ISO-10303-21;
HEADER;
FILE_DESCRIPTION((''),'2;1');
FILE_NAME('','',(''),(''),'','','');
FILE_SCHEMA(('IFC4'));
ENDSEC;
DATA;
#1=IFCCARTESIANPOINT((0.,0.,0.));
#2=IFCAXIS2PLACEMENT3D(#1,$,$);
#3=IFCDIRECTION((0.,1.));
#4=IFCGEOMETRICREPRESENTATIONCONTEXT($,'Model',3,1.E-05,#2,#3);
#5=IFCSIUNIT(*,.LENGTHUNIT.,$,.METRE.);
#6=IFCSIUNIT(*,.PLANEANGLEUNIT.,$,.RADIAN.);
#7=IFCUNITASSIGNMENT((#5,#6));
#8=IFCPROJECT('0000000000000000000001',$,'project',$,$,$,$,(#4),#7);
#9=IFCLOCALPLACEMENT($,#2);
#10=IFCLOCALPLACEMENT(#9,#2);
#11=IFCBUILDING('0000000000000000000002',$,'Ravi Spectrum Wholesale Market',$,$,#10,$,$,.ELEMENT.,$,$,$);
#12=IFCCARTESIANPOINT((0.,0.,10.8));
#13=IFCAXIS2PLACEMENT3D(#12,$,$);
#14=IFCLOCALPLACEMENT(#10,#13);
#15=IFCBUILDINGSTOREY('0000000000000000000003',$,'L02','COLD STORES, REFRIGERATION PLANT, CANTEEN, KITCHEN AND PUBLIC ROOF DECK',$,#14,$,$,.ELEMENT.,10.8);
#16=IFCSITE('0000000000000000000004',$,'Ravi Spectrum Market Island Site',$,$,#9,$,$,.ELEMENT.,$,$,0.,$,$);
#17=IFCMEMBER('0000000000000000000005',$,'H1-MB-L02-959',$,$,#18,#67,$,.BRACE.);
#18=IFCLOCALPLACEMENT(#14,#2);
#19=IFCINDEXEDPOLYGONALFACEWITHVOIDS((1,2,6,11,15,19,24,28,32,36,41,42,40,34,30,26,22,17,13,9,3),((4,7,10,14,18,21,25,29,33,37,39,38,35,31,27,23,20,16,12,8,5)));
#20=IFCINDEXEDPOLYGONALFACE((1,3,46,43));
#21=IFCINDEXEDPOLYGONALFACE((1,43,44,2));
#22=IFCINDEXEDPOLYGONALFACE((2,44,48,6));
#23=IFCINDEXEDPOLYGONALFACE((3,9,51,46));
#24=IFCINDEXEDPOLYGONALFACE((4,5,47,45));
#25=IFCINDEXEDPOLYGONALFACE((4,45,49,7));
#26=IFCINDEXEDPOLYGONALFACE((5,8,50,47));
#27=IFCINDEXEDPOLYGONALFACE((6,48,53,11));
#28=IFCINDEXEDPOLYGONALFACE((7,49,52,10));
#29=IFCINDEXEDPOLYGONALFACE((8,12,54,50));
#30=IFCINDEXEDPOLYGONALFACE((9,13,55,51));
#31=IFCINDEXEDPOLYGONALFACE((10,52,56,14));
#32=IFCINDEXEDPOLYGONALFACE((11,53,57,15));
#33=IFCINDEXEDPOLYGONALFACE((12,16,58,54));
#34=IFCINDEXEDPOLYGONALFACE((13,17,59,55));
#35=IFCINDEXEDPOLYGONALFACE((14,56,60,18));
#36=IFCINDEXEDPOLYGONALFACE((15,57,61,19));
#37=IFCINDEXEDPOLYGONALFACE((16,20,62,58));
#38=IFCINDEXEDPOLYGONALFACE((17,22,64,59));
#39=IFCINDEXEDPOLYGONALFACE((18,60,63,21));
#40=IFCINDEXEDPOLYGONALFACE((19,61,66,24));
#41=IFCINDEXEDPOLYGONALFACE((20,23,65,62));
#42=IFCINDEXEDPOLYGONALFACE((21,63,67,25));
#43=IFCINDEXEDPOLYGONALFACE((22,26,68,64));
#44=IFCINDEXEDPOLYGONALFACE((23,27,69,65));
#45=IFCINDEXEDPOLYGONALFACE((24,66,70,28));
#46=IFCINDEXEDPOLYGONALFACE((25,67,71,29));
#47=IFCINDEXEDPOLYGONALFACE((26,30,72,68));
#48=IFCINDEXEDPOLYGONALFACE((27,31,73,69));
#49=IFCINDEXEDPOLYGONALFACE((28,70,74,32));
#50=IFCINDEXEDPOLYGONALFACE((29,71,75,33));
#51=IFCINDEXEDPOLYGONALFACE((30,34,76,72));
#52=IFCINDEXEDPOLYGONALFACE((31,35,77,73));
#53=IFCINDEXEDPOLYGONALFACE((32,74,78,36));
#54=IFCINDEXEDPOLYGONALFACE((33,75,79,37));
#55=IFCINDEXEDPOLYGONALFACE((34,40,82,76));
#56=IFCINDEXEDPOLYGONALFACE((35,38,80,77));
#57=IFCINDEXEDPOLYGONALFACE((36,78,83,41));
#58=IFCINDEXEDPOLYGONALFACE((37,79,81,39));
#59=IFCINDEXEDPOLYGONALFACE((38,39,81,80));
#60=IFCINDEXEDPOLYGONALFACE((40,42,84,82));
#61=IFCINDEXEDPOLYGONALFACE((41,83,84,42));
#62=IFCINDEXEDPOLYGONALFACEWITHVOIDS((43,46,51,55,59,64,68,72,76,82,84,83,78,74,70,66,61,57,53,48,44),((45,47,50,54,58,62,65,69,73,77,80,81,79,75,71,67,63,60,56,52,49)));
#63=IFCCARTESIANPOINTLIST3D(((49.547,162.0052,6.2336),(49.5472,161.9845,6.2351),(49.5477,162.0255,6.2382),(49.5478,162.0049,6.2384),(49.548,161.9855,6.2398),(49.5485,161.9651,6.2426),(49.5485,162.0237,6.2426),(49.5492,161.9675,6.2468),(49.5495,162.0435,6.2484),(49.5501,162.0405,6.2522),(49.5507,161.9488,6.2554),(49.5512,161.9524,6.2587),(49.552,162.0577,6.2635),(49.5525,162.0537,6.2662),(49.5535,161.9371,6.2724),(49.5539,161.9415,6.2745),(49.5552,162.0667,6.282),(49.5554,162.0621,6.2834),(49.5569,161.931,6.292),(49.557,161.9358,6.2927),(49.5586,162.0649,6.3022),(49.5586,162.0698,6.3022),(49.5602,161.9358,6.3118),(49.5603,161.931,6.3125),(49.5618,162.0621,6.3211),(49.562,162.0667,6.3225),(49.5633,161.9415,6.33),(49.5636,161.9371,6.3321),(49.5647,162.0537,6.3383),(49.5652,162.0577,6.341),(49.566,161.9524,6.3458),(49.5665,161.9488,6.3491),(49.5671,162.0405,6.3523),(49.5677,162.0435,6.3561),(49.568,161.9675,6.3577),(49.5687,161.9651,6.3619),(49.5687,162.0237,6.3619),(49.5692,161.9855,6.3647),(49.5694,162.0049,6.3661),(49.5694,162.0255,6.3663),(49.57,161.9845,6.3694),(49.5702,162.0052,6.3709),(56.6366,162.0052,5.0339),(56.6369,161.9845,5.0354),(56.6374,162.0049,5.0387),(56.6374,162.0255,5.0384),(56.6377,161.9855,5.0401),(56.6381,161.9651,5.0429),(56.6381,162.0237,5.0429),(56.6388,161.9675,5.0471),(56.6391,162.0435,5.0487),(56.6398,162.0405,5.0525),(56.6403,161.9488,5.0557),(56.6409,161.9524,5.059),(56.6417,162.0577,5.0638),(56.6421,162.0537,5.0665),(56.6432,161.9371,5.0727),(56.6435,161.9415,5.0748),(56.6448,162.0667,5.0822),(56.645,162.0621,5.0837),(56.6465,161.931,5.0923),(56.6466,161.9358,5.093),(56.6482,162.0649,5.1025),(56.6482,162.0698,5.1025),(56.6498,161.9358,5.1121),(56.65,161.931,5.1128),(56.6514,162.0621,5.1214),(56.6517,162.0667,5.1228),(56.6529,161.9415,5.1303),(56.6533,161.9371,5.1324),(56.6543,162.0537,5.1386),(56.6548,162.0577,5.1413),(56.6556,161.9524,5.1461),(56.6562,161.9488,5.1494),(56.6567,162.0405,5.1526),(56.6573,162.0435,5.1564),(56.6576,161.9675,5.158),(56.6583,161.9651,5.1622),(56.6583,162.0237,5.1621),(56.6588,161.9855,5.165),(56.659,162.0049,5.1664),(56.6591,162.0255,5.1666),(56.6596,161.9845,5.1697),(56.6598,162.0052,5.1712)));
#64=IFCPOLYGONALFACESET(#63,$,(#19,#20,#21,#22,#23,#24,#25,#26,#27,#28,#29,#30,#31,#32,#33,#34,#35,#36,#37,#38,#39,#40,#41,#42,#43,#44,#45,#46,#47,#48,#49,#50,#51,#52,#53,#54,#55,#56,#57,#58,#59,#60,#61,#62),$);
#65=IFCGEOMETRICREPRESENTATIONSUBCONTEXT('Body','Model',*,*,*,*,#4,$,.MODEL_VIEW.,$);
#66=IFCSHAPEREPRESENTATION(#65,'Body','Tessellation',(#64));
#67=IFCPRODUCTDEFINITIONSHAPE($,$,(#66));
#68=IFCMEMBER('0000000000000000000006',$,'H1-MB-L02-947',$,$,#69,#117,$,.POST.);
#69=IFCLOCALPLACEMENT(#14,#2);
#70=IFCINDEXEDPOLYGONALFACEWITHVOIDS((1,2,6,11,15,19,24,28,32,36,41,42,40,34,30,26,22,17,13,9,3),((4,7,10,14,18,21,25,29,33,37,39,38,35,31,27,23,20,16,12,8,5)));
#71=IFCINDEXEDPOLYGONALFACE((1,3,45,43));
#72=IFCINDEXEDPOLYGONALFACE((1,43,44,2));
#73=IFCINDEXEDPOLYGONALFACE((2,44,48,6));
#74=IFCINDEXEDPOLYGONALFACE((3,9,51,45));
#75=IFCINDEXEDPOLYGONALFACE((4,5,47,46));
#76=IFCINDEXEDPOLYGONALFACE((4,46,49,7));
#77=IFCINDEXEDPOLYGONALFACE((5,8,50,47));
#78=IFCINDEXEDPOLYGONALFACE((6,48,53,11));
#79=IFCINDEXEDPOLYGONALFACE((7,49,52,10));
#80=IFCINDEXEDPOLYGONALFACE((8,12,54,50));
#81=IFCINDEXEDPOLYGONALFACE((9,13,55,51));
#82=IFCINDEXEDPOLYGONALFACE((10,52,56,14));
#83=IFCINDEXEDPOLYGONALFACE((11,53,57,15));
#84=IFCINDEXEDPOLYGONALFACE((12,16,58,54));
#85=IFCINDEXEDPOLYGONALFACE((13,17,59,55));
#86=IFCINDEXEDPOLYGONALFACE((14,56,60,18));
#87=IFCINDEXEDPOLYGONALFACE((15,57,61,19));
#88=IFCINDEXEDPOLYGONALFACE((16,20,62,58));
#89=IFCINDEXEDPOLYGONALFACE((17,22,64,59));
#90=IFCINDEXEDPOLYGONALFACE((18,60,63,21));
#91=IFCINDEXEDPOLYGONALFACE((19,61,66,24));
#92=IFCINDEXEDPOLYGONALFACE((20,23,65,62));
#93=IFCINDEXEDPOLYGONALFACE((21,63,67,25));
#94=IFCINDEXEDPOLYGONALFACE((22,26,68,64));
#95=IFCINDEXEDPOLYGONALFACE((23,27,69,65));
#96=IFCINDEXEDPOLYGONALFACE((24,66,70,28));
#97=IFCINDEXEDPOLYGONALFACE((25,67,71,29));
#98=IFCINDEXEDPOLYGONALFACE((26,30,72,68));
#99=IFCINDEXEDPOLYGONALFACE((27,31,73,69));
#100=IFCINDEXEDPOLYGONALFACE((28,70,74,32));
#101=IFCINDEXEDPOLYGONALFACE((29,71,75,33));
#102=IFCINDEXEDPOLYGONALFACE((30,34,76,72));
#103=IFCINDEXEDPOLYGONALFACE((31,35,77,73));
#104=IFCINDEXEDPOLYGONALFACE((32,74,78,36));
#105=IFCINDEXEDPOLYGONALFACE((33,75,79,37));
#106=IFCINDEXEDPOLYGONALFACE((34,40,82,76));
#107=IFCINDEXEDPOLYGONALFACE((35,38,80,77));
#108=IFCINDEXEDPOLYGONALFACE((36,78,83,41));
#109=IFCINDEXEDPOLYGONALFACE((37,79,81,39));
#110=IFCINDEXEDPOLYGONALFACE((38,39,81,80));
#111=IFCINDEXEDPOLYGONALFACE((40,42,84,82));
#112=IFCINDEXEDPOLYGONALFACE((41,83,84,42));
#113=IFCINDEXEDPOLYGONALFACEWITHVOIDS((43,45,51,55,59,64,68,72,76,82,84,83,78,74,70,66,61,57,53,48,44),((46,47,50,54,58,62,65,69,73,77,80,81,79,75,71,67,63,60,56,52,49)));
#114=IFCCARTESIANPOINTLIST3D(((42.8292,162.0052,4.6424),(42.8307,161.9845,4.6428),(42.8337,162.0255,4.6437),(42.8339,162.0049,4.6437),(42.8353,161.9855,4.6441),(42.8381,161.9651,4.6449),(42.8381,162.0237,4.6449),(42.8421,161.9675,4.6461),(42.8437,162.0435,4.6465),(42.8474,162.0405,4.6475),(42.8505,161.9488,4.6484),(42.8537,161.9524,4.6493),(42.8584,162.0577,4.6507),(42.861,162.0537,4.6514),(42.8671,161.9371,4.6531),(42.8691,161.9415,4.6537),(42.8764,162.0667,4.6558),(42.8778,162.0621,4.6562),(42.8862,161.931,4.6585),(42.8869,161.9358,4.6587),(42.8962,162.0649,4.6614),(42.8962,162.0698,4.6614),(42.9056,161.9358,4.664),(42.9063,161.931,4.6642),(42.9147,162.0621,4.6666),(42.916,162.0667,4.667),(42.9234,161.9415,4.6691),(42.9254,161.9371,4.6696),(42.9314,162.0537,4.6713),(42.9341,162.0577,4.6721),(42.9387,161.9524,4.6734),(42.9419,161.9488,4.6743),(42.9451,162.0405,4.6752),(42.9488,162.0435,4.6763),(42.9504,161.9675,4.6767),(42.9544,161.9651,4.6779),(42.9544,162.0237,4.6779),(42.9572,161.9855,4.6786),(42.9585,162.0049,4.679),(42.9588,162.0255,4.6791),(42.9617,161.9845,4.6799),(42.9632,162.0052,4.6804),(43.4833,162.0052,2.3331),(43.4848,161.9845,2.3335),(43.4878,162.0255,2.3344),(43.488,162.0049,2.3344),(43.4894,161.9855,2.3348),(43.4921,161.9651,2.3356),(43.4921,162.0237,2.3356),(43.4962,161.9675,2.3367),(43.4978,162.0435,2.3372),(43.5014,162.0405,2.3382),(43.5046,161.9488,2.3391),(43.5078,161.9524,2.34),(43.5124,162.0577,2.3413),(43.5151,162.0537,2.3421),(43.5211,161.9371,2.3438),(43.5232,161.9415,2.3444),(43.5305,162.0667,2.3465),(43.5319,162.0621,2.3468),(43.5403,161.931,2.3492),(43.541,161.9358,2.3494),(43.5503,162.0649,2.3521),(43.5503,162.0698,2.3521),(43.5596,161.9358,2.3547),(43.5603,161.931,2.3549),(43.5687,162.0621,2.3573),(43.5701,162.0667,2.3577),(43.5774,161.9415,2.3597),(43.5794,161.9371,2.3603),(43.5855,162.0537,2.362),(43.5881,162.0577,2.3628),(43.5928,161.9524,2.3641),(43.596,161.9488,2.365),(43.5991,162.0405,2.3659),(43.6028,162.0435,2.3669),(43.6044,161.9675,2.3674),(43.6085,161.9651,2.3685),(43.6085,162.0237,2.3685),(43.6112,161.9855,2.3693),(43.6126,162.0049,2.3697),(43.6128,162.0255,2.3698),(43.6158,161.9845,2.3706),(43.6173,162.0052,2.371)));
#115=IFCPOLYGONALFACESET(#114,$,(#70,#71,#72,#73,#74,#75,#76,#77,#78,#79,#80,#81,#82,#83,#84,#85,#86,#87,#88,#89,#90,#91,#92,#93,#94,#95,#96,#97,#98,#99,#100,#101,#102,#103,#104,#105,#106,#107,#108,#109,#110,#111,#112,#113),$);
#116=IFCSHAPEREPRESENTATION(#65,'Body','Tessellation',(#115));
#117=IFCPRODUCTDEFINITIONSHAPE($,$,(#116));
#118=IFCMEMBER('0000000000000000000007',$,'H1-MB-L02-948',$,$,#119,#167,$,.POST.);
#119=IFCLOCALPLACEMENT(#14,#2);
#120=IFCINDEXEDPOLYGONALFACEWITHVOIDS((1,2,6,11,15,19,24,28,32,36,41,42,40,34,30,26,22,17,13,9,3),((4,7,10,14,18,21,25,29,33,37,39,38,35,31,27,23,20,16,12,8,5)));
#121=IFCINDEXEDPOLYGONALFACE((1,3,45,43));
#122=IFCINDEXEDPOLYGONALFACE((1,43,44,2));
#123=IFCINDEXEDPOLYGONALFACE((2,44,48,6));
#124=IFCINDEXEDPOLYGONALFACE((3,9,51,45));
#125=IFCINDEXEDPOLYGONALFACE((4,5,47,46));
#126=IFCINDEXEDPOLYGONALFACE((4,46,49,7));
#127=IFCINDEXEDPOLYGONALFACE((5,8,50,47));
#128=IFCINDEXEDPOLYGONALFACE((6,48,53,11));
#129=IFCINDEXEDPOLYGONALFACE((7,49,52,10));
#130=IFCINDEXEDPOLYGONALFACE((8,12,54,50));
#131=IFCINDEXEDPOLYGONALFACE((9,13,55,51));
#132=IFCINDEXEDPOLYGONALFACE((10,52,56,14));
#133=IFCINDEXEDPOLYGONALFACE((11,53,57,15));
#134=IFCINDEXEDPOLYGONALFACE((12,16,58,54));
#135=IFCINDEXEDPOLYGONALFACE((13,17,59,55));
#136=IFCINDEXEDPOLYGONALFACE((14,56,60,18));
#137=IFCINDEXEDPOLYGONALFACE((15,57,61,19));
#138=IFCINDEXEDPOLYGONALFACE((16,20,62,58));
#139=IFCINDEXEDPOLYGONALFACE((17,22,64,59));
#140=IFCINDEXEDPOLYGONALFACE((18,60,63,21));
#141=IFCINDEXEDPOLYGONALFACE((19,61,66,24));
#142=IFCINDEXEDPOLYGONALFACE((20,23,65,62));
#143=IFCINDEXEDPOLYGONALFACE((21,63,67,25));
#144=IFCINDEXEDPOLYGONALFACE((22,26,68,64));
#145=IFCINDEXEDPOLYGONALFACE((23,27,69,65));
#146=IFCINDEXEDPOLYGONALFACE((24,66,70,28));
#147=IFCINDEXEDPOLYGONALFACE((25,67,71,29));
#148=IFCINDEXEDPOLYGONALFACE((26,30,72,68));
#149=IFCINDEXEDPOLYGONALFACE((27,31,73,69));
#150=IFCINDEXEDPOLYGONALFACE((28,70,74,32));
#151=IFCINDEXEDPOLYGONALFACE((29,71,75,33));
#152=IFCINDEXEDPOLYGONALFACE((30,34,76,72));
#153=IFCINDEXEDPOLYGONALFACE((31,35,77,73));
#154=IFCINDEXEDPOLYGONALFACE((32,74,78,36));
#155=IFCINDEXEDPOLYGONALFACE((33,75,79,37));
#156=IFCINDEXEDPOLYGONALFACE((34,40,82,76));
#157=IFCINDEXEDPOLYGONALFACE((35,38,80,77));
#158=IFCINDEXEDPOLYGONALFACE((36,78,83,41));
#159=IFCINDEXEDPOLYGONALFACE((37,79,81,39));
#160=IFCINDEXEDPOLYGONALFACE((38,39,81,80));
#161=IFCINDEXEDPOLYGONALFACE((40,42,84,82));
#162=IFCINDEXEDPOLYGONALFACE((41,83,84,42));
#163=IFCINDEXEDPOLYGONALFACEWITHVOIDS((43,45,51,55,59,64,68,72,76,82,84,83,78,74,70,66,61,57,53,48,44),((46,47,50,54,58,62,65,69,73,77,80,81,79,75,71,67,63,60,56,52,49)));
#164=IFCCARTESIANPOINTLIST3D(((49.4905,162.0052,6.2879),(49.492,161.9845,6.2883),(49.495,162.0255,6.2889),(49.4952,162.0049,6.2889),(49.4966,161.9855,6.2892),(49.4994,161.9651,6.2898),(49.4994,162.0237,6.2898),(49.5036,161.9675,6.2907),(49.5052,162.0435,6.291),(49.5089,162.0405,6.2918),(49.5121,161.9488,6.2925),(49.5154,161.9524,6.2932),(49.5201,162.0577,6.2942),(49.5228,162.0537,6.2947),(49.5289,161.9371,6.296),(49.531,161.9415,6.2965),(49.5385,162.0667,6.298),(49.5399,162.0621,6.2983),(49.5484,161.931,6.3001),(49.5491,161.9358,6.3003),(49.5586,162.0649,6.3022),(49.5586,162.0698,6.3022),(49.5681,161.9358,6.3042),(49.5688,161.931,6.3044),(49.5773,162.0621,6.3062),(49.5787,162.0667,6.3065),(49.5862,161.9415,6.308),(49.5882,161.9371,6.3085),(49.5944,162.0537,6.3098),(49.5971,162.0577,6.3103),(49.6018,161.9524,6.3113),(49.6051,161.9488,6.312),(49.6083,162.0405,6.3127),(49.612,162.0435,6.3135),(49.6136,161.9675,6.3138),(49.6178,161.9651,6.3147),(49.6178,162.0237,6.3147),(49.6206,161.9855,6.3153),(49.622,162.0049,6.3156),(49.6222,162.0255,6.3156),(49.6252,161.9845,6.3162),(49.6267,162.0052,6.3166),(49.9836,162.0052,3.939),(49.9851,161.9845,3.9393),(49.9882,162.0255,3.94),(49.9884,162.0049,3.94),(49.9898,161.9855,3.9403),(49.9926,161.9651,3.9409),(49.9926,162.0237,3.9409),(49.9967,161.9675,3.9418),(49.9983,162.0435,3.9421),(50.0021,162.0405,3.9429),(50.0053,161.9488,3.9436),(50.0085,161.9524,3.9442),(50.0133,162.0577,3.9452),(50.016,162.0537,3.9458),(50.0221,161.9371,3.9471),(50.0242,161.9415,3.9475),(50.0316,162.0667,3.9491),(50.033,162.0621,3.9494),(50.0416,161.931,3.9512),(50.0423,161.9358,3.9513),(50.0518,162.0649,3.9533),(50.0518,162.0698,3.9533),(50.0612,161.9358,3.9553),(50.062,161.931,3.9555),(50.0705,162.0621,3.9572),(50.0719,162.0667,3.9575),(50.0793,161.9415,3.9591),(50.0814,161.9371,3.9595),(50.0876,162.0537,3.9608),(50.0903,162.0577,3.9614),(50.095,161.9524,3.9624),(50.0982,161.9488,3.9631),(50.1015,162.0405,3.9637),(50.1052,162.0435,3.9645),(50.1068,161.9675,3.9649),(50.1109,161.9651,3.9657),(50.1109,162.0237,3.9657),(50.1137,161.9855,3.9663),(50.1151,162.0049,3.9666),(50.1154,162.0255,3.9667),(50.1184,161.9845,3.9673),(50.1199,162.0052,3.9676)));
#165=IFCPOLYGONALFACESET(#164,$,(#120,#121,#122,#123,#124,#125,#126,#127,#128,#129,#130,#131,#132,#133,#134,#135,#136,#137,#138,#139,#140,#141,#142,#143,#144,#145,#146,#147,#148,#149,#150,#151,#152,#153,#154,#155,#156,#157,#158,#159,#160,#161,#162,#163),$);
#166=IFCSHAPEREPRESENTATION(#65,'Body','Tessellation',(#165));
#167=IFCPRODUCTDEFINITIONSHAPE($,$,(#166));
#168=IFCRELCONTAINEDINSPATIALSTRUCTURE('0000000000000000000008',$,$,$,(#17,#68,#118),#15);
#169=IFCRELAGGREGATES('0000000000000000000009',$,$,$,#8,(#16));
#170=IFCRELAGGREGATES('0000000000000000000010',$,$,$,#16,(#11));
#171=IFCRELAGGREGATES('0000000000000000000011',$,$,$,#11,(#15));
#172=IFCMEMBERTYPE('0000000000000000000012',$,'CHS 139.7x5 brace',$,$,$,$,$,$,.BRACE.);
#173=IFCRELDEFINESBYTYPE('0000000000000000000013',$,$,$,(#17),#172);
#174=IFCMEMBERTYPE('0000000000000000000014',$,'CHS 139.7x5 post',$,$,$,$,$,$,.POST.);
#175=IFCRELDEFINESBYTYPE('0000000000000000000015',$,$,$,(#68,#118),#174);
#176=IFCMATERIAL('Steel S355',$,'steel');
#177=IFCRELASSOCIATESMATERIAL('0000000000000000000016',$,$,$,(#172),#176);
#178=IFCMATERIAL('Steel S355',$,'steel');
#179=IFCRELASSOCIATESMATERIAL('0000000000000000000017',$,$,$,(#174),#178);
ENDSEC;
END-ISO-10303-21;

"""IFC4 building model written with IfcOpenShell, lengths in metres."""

from ifc_helpers import new_model, si_unit, direction, frame, origin, origin_2d, place, context, subcontext, project, spatial, hollow_circle, extrude, material, material_profile, profile_set, type_object, element, save


model = new_model("IFC4")

# Units and contexts
model_context = context("Model", 3, precision=1e-05, world=origin(), true_north=direction((0.0, 1.0)))
body_context = subcontext(model_context, "Body", "Model", "MODEL_VIEW")
ifc_project = project(units=[si_unit("LENGTHUNIT", "METRE"), si_unit("PLANEANGLEUNIT", "RADIAN")], contexts=[model_context])

# Site, building, storey
site_placement = place(None, origin())
site = spatial("IfcSite", under=ifc_project, at=site_placement, Name="Ravi Spectrum Market Island Site", CompositionType="ELEMENT", RefElevation=0.0)
building_placement = place(site_placement, origin())
building = spatial("IfcBuilding", under=site, at=building_placement, Name="Ravi Spectrum Wholesale Market", CompositionType="ELEMENT")
storey_placement = place(building_placement, frame((0.0, 0.0, 10.8)))
storey = spatial("IfcBuildingStorey", under=building, at=storey_placement, Name="L02", Description="COLD STORES, REFRIGERATION PLANT, CANTEEN, KITCHEN AND PUBLIC ROOF DECK", CompositionType="ELEMENT", Elevation=10.8)

# Members
ifc_material_1 = material(Name="Steel S355", Category="steel")
ifc_material_profile_1 = material_profile(ifc_material_1, hollow_circle(Radius=0.0698, WallThickness=0.0049, at=origin_2d()))
ifc_profile_set_1 = profile_set([ifc_material_profile_1], Name="Steel S355")
member_type_1 = type_object("IfcMemberType", Name="CHS 139.7x5 brace", PredefinedType="BRACE", material=ifc_profile_set_1)
member_1_placement = place(storey_placement, frame((49.5586, 162.0, 6.3022), z_axis=(0.985983, 0.0, -0.166849), x_axis=(0.0, 1.0, 0.0)))
element("IfcMember", 1, at=member_1_placement, inside=storey, type_object=member_type_1, Name="H1-MB-L02-959", PredefinedType="BRACE", context=body_context, shape_type="SweptSolid", body=[
    extrude(hollow_circle(Radius=0.0698, WallThickness=0.0049, at=origin_2d()), origin(), (0.0, 0.0, 1.0), 7.1904),
])
ifc_material_2 = material(Name="Steel S355", Category="steel")
ifc_material_profile_2 = material_profile(ifc_material_2, hollow_circle(Radius=0.0698, WallThickness=0.0049, at=origin_2d()))
ifc_profile_set_2 = profile_set([ifc_material_profile_2], Name="Steel S355")
member_type_2 = type_object("IfcMemberType", Name="CHS 139.7x5 post", PredefinedType="POST", material=ifc_profile_set_2)
for number, where, z_axis, x_axis, name in (
    (2, (42.8962, 162.0, 4.6614), (0.272504, 0.0, -0.962155), (0.0, 1.0, 0.0), "H1-MB-L02-947"),
    (3, (49.5586, 162.0, 6.3022), (0.205477, 0.0, -0.978662), (0.0, 1.0, 0.0), "H1-MB-L02-948"),
):
    element("IfcMember", number, at=place(storey_placement, frame(where, z_axis=z_axis, x_axis=x_axis)), inside=storey, type_object=member_type_2, Name=name, PredefinedType="POST", context=body_context, shape_type="SweptSolid", body=[
        extrude(hollow_circle(Radius=0.0698, WallThickness=0.0049, at=origin_2d()), origin(), (0.0, 0.0, 1.0), 2.4001),
    ])

save(model, "model.ifc")
